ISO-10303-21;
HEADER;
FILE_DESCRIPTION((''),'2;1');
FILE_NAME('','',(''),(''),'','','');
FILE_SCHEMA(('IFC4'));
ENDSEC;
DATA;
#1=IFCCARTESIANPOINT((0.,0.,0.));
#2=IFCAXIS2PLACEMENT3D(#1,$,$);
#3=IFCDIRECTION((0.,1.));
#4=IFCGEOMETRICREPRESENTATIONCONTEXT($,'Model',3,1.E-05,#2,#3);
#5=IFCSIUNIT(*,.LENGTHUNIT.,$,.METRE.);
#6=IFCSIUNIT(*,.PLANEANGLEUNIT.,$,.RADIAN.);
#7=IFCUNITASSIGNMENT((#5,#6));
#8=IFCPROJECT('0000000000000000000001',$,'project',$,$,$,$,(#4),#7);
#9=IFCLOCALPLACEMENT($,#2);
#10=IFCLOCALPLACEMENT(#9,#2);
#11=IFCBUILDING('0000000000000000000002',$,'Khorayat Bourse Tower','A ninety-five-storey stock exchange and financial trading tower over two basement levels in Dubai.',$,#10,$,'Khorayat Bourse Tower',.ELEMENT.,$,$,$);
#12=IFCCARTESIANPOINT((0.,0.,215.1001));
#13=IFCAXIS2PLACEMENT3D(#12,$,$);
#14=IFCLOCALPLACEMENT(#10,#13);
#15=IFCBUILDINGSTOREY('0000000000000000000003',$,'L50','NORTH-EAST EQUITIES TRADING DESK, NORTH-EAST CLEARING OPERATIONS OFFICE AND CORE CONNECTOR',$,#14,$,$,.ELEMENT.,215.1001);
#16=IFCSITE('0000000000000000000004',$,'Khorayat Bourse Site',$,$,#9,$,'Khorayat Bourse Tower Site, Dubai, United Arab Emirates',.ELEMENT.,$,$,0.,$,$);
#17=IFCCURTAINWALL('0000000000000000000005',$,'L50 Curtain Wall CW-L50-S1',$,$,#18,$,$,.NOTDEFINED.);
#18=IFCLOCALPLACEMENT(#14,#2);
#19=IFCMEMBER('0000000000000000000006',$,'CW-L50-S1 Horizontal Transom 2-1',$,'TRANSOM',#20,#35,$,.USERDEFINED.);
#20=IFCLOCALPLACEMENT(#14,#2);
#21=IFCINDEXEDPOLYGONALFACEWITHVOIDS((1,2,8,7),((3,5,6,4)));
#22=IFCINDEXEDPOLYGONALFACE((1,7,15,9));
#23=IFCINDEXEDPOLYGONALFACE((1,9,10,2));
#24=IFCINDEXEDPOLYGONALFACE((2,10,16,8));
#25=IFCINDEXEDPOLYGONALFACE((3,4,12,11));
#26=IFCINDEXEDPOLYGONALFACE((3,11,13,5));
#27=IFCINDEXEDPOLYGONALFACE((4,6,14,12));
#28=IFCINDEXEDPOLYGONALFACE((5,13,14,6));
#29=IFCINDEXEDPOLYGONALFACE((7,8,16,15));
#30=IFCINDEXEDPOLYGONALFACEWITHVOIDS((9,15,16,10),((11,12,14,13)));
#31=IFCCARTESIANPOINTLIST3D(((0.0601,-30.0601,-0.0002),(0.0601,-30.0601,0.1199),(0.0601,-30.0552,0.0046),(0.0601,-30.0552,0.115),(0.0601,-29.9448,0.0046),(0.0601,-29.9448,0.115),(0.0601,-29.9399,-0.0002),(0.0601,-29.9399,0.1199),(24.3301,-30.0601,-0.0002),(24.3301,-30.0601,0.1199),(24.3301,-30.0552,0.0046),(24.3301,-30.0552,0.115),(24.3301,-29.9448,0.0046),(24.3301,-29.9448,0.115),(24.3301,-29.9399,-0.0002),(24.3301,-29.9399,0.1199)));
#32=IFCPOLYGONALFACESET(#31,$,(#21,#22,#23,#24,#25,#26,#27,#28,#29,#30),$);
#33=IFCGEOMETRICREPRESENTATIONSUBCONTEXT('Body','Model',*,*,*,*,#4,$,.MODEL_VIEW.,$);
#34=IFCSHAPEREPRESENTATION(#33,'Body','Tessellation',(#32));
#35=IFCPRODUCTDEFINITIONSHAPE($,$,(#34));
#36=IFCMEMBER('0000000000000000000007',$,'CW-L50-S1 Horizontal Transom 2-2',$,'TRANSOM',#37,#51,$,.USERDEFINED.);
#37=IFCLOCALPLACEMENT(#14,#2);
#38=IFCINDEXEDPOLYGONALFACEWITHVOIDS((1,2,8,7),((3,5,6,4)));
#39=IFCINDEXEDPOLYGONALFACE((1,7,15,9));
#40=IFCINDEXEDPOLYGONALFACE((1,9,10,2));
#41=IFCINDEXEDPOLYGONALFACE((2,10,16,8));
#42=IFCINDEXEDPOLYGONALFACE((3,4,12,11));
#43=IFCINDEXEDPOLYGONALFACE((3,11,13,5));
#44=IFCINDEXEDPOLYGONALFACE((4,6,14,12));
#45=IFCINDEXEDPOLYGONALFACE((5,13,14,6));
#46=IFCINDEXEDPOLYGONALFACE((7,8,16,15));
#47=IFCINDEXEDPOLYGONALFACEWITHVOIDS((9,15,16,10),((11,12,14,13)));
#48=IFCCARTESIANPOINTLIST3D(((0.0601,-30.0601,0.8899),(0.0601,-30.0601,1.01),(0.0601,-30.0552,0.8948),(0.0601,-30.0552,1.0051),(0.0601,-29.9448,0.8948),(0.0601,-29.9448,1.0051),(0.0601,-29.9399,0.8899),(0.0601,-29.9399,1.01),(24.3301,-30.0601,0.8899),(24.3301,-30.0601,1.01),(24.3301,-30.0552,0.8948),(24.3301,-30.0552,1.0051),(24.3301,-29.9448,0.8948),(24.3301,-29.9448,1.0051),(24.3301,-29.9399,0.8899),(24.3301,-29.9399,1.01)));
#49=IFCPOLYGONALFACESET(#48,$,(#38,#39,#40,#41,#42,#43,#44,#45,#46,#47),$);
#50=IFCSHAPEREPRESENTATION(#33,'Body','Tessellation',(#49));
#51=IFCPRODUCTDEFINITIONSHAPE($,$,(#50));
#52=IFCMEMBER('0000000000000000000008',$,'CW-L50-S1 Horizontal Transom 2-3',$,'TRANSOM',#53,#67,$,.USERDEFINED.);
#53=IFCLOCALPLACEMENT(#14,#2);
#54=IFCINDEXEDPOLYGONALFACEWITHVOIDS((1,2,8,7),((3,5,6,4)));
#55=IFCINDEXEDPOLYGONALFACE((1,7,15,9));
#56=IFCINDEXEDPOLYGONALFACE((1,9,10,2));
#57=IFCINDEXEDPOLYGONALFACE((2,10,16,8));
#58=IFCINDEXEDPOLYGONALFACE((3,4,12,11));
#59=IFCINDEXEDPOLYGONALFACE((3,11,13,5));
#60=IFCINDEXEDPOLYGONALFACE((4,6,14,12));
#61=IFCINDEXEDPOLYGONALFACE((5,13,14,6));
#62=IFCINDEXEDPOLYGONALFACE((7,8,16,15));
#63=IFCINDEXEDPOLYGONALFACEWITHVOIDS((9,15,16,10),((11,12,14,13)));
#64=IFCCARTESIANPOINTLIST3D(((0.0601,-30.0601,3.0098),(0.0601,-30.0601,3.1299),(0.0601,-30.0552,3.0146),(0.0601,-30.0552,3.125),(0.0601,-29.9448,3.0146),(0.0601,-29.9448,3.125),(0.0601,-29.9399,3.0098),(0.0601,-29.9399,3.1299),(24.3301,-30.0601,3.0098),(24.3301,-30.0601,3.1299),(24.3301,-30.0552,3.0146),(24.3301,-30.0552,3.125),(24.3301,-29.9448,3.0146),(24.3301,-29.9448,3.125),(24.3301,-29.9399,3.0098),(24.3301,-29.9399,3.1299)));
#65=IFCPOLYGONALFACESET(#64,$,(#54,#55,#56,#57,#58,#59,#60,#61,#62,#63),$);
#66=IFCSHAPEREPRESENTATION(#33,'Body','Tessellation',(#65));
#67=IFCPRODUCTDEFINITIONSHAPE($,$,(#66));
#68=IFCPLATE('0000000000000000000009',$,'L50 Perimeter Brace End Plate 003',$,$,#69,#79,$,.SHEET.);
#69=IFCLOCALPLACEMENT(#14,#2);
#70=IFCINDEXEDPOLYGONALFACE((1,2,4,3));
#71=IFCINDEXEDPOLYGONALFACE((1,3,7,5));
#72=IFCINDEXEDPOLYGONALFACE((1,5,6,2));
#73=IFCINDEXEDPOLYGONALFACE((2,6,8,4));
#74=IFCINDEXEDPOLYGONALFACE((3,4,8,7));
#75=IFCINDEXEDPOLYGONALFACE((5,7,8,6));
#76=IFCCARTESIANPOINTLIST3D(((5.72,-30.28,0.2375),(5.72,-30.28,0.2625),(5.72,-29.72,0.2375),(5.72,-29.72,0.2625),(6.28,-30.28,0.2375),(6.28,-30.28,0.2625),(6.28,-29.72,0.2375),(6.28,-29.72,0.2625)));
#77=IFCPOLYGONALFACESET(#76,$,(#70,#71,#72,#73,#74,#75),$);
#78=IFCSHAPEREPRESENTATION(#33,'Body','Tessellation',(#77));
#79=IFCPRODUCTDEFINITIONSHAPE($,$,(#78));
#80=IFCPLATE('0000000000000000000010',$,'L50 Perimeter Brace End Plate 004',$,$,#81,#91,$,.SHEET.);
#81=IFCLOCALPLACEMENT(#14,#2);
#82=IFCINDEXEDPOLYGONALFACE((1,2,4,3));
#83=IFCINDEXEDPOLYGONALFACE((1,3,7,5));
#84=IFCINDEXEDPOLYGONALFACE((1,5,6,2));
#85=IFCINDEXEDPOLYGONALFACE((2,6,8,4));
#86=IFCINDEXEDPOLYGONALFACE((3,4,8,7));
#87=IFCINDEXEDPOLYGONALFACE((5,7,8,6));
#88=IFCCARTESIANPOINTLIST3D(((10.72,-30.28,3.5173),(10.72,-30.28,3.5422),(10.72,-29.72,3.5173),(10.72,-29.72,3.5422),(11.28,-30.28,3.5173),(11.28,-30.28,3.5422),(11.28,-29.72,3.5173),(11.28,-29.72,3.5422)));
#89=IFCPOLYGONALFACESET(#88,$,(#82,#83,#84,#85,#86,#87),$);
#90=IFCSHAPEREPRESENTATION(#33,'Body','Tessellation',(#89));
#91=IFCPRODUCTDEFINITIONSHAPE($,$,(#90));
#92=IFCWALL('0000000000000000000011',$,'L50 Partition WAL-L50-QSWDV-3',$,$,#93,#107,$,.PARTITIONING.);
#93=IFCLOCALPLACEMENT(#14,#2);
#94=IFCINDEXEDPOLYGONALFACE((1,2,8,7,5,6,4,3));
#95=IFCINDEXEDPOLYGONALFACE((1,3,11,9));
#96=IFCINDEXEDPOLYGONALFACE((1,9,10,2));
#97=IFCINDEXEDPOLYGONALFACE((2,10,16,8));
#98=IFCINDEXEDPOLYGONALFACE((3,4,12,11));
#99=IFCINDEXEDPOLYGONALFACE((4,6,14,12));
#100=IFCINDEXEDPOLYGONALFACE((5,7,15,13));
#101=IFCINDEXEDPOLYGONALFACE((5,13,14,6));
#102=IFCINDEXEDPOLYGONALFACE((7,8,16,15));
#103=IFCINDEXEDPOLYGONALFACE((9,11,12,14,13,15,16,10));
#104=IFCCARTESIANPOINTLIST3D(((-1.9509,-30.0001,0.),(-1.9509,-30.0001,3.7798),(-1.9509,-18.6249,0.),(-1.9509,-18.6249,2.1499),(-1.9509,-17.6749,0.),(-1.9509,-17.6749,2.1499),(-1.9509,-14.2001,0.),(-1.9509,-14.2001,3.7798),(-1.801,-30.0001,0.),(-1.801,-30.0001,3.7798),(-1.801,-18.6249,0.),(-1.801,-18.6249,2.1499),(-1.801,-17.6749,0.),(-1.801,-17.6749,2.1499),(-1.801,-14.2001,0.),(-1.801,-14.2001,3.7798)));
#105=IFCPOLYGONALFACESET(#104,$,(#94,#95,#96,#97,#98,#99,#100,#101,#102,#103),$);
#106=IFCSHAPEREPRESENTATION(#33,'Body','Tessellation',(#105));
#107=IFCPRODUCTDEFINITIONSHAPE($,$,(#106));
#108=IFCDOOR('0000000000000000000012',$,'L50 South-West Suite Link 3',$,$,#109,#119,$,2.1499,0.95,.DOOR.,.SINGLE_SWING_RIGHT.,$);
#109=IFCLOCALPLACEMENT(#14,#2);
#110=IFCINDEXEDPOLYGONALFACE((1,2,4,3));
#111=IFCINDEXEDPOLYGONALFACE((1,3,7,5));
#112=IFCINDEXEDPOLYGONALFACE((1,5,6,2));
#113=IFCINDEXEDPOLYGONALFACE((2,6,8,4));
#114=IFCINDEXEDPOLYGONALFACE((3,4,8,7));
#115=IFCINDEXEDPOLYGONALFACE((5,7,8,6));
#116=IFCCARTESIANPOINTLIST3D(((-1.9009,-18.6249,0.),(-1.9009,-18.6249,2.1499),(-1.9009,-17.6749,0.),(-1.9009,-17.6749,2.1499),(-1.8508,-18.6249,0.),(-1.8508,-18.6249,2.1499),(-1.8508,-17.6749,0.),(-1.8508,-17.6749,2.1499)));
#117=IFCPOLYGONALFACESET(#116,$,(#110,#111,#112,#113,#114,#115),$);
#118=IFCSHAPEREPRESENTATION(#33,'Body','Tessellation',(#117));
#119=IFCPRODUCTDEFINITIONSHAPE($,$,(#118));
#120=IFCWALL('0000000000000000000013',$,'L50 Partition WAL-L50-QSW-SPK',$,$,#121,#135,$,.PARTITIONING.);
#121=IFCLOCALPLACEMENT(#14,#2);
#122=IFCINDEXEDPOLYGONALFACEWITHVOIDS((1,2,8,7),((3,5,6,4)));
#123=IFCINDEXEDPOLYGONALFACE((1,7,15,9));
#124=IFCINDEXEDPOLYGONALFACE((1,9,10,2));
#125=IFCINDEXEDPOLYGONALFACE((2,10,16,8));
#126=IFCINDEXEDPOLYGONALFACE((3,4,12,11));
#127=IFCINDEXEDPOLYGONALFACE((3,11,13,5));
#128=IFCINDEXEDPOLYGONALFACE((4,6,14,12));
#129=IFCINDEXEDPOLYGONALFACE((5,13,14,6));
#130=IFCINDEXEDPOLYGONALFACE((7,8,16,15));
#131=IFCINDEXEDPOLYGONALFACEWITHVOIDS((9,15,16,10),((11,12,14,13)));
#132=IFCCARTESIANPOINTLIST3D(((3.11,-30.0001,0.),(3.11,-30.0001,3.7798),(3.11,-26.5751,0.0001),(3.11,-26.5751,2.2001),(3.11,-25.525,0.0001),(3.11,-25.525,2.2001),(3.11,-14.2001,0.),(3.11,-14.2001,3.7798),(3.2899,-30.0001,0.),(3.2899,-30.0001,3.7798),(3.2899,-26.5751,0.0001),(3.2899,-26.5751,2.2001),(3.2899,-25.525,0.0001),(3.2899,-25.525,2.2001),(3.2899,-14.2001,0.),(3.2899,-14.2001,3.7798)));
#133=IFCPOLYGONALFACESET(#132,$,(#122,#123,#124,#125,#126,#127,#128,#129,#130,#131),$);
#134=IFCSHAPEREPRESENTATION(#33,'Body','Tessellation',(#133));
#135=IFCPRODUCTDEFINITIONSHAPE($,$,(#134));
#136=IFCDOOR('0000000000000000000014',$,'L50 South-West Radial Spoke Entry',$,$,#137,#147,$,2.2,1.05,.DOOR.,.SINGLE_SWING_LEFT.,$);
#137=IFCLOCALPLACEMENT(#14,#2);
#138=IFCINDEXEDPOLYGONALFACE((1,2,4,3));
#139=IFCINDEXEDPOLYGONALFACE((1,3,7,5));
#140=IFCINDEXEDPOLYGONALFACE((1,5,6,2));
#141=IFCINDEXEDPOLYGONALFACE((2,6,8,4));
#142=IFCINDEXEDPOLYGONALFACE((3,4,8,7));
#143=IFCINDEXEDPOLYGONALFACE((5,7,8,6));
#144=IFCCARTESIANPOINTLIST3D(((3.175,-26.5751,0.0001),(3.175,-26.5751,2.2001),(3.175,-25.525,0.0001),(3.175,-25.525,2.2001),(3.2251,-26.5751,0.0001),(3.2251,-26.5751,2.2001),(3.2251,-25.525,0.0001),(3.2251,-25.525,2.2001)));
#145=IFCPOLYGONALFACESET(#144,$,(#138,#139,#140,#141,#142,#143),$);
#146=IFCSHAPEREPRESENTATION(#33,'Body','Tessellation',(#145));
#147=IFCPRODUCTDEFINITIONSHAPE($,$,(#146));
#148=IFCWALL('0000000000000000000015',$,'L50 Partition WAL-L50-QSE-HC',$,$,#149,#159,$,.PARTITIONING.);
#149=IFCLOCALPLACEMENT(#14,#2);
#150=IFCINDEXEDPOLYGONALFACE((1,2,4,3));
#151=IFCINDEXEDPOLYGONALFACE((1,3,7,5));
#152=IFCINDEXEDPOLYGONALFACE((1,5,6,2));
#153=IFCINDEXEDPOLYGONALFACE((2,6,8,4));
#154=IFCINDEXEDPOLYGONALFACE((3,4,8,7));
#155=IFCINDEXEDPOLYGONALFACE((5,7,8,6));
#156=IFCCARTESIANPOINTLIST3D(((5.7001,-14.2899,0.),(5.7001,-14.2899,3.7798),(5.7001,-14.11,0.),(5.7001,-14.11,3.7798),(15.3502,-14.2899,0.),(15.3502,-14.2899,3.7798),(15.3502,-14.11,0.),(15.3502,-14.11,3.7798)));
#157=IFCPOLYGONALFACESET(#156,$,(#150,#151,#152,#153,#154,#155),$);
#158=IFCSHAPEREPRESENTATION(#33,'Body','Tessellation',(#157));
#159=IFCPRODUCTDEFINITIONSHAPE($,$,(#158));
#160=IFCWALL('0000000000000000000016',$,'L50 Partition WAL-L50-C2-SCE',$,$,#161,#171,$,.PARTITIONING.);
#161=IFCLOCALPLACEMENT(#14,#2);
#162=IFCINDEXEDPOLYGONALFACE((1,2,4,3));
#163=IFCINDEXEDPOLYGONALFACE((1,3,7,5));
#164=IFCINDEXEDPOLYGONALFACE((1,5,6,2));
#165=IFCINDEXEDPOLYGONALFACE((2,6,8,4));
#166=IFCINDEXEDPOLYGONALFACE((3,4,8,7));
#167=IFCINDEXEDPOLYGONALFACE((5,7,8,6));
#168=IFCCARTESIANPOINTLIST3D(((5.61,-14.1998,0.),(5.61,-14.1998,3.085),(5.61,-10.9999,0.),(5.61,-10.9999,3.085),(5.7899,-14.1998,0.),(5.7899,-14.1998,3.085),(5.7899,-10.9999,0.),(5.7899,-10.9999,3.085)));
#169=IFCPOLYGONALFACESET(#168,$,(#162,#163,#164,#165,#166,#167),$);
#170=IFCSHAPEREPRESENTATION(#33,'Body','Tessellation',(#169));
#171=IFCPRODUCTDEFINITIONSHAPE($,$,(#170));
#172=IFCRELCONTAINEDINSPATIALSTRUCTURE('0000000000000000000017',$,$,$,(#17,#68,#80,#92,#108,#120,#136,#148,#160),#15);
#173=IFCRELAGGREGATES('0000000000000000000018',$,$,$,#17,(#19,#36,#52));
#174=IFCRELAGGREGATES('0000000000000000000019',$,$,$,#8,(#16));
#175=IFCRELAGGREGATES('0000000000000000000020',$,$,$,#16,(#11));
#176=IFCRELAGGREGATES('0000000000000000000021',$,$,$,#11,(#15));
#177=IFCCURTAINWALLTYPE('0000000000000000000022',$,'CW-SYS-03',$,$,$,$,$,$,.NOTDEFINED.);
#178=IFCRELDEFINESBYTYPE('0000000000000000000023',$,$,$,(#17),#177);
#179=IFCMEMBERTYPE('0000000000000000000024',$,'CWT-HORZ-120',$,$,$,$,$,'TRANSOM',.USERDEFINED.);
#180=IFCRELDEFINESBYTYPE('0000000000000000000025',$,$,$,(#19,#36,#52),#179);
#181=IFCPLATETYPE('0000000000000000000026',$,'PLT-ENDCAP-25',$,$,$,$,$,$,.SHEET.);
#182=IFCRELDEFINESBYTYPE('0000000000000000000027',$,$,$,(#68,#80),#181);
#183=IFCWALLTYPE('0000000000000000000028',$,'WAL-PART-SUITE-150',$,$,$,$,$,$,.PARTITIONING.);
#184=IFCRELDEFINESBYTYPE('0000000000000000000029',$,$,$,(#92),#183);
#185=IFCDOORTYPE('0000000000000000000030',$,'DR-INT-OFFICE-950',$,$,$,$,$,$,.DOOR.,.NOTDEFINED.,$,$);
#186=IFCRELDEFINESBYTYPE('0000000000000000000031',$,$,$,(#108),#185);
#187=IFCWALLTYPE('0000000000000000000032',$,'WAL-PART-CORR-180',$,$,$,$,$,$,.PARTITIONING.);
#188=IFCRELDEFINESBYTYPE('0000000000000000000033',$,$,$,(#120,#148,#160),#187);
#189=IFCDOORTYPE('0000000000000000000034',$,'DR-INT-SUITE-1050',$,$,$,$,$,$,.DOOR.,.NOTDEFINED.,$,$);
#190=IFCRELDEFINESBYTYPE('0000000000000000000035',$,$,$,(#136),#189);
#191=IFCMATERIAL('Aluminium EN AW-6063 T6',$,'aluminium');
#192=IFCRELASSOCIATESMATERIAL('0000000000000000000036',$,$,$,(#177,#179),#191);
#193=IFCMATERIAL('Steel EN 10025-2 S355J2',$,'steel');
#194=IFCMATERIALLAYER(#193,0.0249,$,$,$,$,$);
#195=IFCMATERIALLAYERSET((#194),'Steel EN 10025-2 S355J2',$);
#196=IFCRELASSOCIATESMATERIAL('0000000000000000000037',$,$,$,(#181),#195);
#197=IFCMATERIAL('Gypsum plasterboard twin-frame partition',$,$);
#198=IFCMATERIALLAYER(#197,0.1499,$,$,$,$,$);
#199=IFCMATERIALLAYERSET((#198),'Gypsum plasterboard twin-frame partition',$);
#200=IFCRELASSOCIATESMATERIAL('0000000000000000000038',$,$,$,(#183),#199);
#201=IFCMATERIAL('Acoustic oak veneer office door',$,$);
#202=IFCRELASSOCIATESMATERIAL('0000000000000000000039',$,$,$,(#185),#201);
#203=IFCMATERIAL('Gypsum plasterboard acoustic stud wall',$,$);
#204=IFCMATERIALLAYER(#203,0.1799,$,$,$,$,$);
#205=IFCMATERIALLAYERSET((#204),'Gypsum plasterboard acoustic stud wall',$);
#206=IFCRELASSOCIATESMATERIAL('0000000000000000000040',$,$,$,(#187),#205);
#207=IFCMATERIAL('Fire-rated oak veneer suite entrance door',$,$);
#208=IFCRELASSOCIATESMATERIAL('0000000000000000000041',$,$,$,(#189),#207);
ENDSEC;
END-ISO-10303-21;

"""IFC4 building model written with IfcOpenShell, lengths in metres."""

from ifc_helpers import new_model, si_unit, direction, frame, frame_2d, origin, origin_2d, place, context, subcontext, project, spatial, rectangle, hollow_rectangle, extrude, source, transform, mapped, material, layer, layer_set, material_profile, profile_set, type_object, element, fill, aggregate, save


model = new_model("IFC4")

# Units and contexts
model_context = context("Model", 3, precision=1e-05, world=origin(), true_north=direction((0.0, 1.0)))
body_context = subcontext(model_context, "Body", "Model", "MODEL_VIEW")
ifc_project = project(units=[si_unit("LENGTHUNIT", "METRE"), si_unit("PLANEANGLEUNIT", "RADIAN")], contexts=[model_context])

# Site, building, storey
site_placement = place(None, origin())
site = spatial("IfcSite", under=ifc_project, at=site_placement, Name="Khorayat Bourse Site", LongName="Khorayat Bourse Tower Site, Dubai, United Arab Emirates", CompositionType="ELEMENT", RefElevation=0.0)
building_placement = place(site_placement, origin())
building = spatial("IfcBuilding", under=site, at=building_placement, Name="Khorayat Bourse Tower", Description="A ninety-five-storey stock exchange and financial trading tower over two basement levels in Dubai.", LongName="Khorayat Bourse Tower", CompositionType="ELEMENT")
storey_placement = place(building_placement, frame((0.0, 0.0, 215.1001)))
storey = spatial("IfcBuildingStorey", under=building, at=storey_placement, Name="L50", Description="NORTH-EAST EQUITIES TRADING DESK, NORTH-EAST CLEARING OPERATIONS OFFICE AND CORE CONNECTOR", CompositionType="ELEMENT", Elevation=215.1001)

# Curtain wall, members
ifc_material_1 = material(Name="Aluminium EN AW-6063 T6", Category="aluminium")
curtain_wall_type = type_object("IfcCurtainWallType", Name="CW-SYS-03", PredefinedType="NOTDEFINED", material=ifc_material_1)
curtain_wall_placement = place(storey_placement, origin())
curtain_wall = element("IfcCurtainWall", 1, at=curtain_wall_placement, inside=storey, type_object=curtain_wall_type, Name="L50 Curtain Wall CW-L50-S1", PredefinedType="NOTDEFINED")
ifc_material_profile_1 = material_profile(ifc_material_1, hollow_rectangle(XDim=0.1201, YDim=0.1201, WallThickness=0.0049, at=origin_2d()), Name="ALU 120x120x5")
ifc_profile_set_1 = profile_set([ifc_material_profile_1], Name="Aluminium EN AW-6063 T6")
member_type_1 = type_object("IfcMemberType", Name="CWT-HORZ-120", ElementType="TRANSOM", PredefinedType="USERDEFINED", material=ifc_profile_set_1)
shared_shape_1 = source(origin(), body_context, "Body", "SweptSolid", [
    extrude(hollow_rectangle(XDim=0.1201, YDim=0.1201, WallThickness=0.0049, at=origin_2d()), origin(), (0.0, 0.0, 1.0), 24.27),
])
member_1_placement = place(storey_placement, frame((0.0601, -30.0, 0.0598), z_axis=(1.0, 0.0, 0.0), x_axis=(0.0, 1.0, 0.0)))
member_1 = element("IfcMember", 2, at=member_1_placement, type_object=member_type_1, Name="CW-L50-S1 Horizontal Transom 2-1", ObjectType="TRANSOM", PredefinedType="USERDEFINED", context=body_context, shape_type="MappedRepresentation", body=[
    mapped(shared_shape_1, transform((0.0, 0.0, 0.0), scale=1.0)),
])
member_2_placement = place(storey_placement, frame((0.0601, -30.0, 0.95), z_axis=(1.0, 0.0, 0.0), x_axis=(0.0, 1.0, 0.0)))
member_2 = element("IfcMember", 3, at=member_2_placement, type_object=member_type_1, Name="CW-L50-S1 Horizontal Transom 2-2", ObjectType="TRANSOM", PredefinedType="USERDEFINED", context=body_context, shape_type="MappedRepresentation", body=[
    mapped(shared_shape_1, transform((0.0, 0.0, 0.0), scale=1.0)),
])
member_3_placement = place(storey_placement, frame((0.0601, -30.0, 3.0698), z_axis=(1.0, 0.0, 0.0), x_axis=(0.0, 1.0, 0.0)))
member_3 = element("IfcMember", 4, at=member_3_placement, type_object=member_type_1, Name="CW-L50-S1 Horizontal Transom 2-3", ObjectType="TRANSOM", PredefinedType="USERDEFINED", context=body_context, shape_type="MappedRepresentation", body=[
    mapped(shared_shape_1, transform((0.0, 0.0, 0.0), scale=1.0)),
])
aggregate(curtain_wall, [member_1, member_2, member_3])

# Plates
ifc_material_2 = material(Name="Steel EN 10025-2 S355J2", Category="steel")
ifc_layer_1 = layer(ifc_material_2, 0.0249)
ifc_layer_set_1 = layer_set([ifc_layer_1], Name="Steel EN 10025-2 S355J2")
plate_type = type_object("IfcPlateType", Name="PLT-ENDCAP-25", PredefinedType="SHEET", material=ifc_layer_set_1)
shared_shape_2 = source(origin(), body_context, "Body", "SweptSolid", [
    extrude(rectangle(XDim=0.5601, YDim=0.5601, at=origin_2d()), origin(), (0.0, 0.0, 1.0), 0.0249),
])
for number, where, z_axis, x_axis, name in (
    (5, (6.0, -30.0, 0.2375), (0.0, 0.0, 1.0), (1.0, 0.0, 0.0), "L50 Perimeter Brace End Plate 003"),
    (6, (11.0, -30.0, 3.5173), (0.0, 0.0, 1.0), (1.0, 0.0, 0.0), "L50 Perimeter Brace End Plate 004"),
):
    element("IfcPlate", number, at=place(storey_placement, frame(where, z_axis=z_axis, x_axis=x_axis)), inside=storey, type_object=plate_type, Name=name, PredefinedType="SHEET", context=body_context, shape_type="MappedRepresentation", body=[
        mapped(shared_shape_2, transform((0.0, 0.0, 0.0), scale=1.0)),
    ])

# Walls, openings, doors
ifc_material_3 = material(Name="Gypsum plasterboard twin-frame partition")
ifc_layer_2 = layer(ifc_material_3, 0.1499)
ifc_layer_set_2 = layer_set([ifc_layer_2], Name="Gypsum plasterboard twin-frame partition")
wall_type_1 = type_object("IfcWallType", Name="WAL-PART-SUITE-150", PredefinedType="PARTITIONING", material=ifc_layer_set_2)
shared_shape_3 = source(origin(), body_context, "Body", "SweptSolid", [
    extrude(rectangle(XDim=15.8, YDim=0.1499, at=frame_2d((7.8999, 0.0))), origin(), (0.0, 0.0, 1.0), 3.7798),
])
wall_1_placement = place(storey_placement, frame((-1.876, -30.0, 0.0), z_axis=(0.0, 0.0, 1.0), x_axis=(0.0, 1.0, 0.0)))
wall_1 = element("IfcWall", 7, at=wall_1_placement, inside=storey, type_object=wall_type_1, Name="L50 Partition WAL-L50-QSWDV-3", PredefinedType="PARTITIONING", context=body_context, shape_type="MappedRepresentation", body=[
    mapped(shared_shape_3, transform((0.0, 0.0, 0.0), scale=1.0)),
])
shared_shape_4 = source(origin(), body_context, "Body", "SweptSolid", [
    extrude(rectangle(XDim=0.95, YDim=2.1499, at=frame_2d((0.4751, 1.075))), frame((0.0, 0.085, 0.0), z_axis=(0.0, -1.0, 0.0), x_axis=(1.0, 0.0, 0.0)), (0.0, 0.0, 1.0), 0.1699),
])
opening_1_placement = place(wall_1_placement, frame((11.375, 0.0, 0.0)))
opening_1 = element("IfcOpeningElement", 8, at=opening_1_placement, cuts=wall_1, PredefinedType="OPENING", context=body_context, shape_type="MappedRepresentation", body=[
    mapped(shared_shape_4, transform((0.0, 0.0, 0.0), scale=1.0)),
])
ifc_material_4 = material(Name="Acoustic oak veneer office door")
door_type_1 = type_object("IfcDoorType", Name="DR-INT-OFFICE-950", OperationType="NOTDEFINED", PredefinedType="DOOR", material=ifc_material_4)
shared_shape_5 = source(origin(), body_context, "Body", "SweptSolid", [
    extrude(rectangle(XDim=0.95, YDim=2.1499, at=frame_2d((0.4751, 1.075))), frame((0.0, 0.0249, 0.0), z_axis=(0.0, -1.0, 0.0), x_axis=(1.0, 0.0, 0.0)), (0.0, 0.0, 1.0), 0.05),
])
door_1_placement = place(opening_1_placement, origin())
door_1 = element("IfcDoor", 9, at=door_1_placement, inside=storey, type_object=door_type_1, Name="L50 South-West Suite Link 3", OperationType="SINGLE_SWING_RIGHT", OverallHeight=2.1499, OverallWidth=0.95, PredefinedType="DOOR", context=body_context, shape_type="MappedRepresentation", body=[
    mapped(shared_shape_5, transform((0.0, 0.0, 0.0), scale=1.0)),
])
fill(opening_1, door_1)
ifc_material_5 = material(Name="Gypsum plasterboard acoustic stud wall")
ifc_layer_3 = layer(ifc_material_5, 0.1799)
ifc_layer_set_3 = layer_set([ifc_layer_3], Name="Gypsum plasterboard acoustic stud wall")
wall_type_2 = type_object("IfcWallType", Name="WAL-PART-CORR-180", PredefinedType="PARTITIONING", material=ifc_layer_set_3)
shared_shape_6 = source(origin(), body_context, "Body", "SweptSolid", [
    extrude(rectangle(XDim=15.8, YDim=0.1799, at=frame_2d((7.8999, 0.0))), origin(), (0.0, 0.0, 1.0), 3.7798),
])
wall_2_placement = place(storey_placement, frame((3.2, -30.0, 0.0), z_axis=(0.0, 0.0, 1.0), x_axis=(0.0, 1.0, 0.0)))
wall_2 = element("IfcWall", 10, at=wall_2_placement, inside=storey, type_object=wall_type_2, Name="L50 Partition WAL-L50-QSW-SPK", PredefinedType="PARTITIONING", context=body_context, shape_type="MappedRepresentation", body=[
    mapped(shared_shape_6, transform((0.0, 0.0, 0.0), scale=1.0)),
])
shared_shape_7 = source(origin(), body_context, "Body", "SweptSolid", [
    extrude(rectangle(XDim=1.05, YDim=2.2, at=frame_2d((0.5249, 1.1001))), frame((0.0, 0.0999, 0.0), z_axis=(0.0, -1.0, 0.0), x_axis=(1.0, 0.0, 0.0)), (0.0, 0.0, 1.0), 0.2),
])
opening_2_placement = place(wall_2_placement, frame((3.425, 0.0, 0.0)))
opening_2 = element("IfcOpeningElement", 11, at=opening_2_placement, cuts=wall_2, PredefinedType="OPENING", context=body_context, shape_type="MappedRepresentation", body=[
    mapped(shared_shape_7, transform((0.0, 0.0, 0.0), scale=1.0)),
])
ifc_material_6 = material(Name="Fire-rated oak veneer suite entrance door")
door_type_2 = type_object("IfcDoorType", Name="DR-INT-SUITE-1050", OperationType="NOTDEFINED", PredefinedType="DOOR", material=ifc_material_6)
shared_shape_8 = source(origin(), body_context, "Body", "SweptSolid", [
    extrude(rectangle(XDim=1.05, YDim=2.2, at=frame_2d((0.5249, 1.1001))), frame((0.0, 0.0249, 0.0), z_axis=(0.0, -1.0, 0.0), x_axis=(1.0, 0.0, 0.0)), (0.0, 0.0, 1.0), 0.05),
])
door_2_placement = place(opening_2_placement, origin())
door_2 = element("IfcDoor", 12, at=door_2_placement, inside=storey, type_object=door_type_2, Name="L50 South-West Radial Spoke Entry", OperationType="SINGLE_SWING_LEFT", OverallHeight=2.2, OverallWidth=1.05, PredefinedType="DOOR", context=body_context, shape_type="MappedRepresentation", body=[
    mapped(shared_shape_8, transform((0.0, 0.0, 0.0), scale=1.0)),
])
fill(opening_2, door_2)

# Walls
shared_shape_9 = source(origin(), body_context, "Body", "SweptSolid", [
    extrude(rectangle(XDim=9.6501, YDim=0.1799, at=frame_2d((4.8252, 0.0))), origin(), (0.0, 0.0, 1.0), 3.7798),
])
wall_3_placement = place(storey_placement, frame((5.7, -14.2, 0.0), z_axis=(0.0, 0.0, 1.0), x_axis=(1.0, 0.0, 0.0)))
element("IfcWall", 13, at=wall_3_placement, inside=storey, type_object=wall_type_2, Name="L50 Partition WAL-L50-QSE-HC", PredefinedType="PARTITIONING", context=body_context, shape_type="MappedRepresentation", body=[
    mapped(shared_shape_9, transform((0.0, 0.0, 0.0), scale=1.0)),
])
shared_shape_10 = source(origin(), body_context, "Body", "SweptSolid", [
    extrude(rectangle(XDim=3.2, YDim=0.1799, at=frame_2d((1.6001, 0.0))), origin(), (0.0, 0.0, 1.0), 3.085),
])
wall_4_placement = place(storey_placement, frame((5.7, -14.2, 0.0), z_axis=(0.0, 0.0, 1.0), x_axis=(0.0, 1.0, 0.0)))
element("IfcWall", 14, at=wall_4_placement, inside=storey, type_object=wall_type_2, Name="L50 Partition WAL-L50-C2-SCE", PredefinedType="PARTITIONING", context=body_context, shape_type="MappedRepresentation", body=[
    mapped(shared_shape_10, transform((0.0, 0.0, 0.0), scale=1.0)),
])

save(model, "model.ifc")
